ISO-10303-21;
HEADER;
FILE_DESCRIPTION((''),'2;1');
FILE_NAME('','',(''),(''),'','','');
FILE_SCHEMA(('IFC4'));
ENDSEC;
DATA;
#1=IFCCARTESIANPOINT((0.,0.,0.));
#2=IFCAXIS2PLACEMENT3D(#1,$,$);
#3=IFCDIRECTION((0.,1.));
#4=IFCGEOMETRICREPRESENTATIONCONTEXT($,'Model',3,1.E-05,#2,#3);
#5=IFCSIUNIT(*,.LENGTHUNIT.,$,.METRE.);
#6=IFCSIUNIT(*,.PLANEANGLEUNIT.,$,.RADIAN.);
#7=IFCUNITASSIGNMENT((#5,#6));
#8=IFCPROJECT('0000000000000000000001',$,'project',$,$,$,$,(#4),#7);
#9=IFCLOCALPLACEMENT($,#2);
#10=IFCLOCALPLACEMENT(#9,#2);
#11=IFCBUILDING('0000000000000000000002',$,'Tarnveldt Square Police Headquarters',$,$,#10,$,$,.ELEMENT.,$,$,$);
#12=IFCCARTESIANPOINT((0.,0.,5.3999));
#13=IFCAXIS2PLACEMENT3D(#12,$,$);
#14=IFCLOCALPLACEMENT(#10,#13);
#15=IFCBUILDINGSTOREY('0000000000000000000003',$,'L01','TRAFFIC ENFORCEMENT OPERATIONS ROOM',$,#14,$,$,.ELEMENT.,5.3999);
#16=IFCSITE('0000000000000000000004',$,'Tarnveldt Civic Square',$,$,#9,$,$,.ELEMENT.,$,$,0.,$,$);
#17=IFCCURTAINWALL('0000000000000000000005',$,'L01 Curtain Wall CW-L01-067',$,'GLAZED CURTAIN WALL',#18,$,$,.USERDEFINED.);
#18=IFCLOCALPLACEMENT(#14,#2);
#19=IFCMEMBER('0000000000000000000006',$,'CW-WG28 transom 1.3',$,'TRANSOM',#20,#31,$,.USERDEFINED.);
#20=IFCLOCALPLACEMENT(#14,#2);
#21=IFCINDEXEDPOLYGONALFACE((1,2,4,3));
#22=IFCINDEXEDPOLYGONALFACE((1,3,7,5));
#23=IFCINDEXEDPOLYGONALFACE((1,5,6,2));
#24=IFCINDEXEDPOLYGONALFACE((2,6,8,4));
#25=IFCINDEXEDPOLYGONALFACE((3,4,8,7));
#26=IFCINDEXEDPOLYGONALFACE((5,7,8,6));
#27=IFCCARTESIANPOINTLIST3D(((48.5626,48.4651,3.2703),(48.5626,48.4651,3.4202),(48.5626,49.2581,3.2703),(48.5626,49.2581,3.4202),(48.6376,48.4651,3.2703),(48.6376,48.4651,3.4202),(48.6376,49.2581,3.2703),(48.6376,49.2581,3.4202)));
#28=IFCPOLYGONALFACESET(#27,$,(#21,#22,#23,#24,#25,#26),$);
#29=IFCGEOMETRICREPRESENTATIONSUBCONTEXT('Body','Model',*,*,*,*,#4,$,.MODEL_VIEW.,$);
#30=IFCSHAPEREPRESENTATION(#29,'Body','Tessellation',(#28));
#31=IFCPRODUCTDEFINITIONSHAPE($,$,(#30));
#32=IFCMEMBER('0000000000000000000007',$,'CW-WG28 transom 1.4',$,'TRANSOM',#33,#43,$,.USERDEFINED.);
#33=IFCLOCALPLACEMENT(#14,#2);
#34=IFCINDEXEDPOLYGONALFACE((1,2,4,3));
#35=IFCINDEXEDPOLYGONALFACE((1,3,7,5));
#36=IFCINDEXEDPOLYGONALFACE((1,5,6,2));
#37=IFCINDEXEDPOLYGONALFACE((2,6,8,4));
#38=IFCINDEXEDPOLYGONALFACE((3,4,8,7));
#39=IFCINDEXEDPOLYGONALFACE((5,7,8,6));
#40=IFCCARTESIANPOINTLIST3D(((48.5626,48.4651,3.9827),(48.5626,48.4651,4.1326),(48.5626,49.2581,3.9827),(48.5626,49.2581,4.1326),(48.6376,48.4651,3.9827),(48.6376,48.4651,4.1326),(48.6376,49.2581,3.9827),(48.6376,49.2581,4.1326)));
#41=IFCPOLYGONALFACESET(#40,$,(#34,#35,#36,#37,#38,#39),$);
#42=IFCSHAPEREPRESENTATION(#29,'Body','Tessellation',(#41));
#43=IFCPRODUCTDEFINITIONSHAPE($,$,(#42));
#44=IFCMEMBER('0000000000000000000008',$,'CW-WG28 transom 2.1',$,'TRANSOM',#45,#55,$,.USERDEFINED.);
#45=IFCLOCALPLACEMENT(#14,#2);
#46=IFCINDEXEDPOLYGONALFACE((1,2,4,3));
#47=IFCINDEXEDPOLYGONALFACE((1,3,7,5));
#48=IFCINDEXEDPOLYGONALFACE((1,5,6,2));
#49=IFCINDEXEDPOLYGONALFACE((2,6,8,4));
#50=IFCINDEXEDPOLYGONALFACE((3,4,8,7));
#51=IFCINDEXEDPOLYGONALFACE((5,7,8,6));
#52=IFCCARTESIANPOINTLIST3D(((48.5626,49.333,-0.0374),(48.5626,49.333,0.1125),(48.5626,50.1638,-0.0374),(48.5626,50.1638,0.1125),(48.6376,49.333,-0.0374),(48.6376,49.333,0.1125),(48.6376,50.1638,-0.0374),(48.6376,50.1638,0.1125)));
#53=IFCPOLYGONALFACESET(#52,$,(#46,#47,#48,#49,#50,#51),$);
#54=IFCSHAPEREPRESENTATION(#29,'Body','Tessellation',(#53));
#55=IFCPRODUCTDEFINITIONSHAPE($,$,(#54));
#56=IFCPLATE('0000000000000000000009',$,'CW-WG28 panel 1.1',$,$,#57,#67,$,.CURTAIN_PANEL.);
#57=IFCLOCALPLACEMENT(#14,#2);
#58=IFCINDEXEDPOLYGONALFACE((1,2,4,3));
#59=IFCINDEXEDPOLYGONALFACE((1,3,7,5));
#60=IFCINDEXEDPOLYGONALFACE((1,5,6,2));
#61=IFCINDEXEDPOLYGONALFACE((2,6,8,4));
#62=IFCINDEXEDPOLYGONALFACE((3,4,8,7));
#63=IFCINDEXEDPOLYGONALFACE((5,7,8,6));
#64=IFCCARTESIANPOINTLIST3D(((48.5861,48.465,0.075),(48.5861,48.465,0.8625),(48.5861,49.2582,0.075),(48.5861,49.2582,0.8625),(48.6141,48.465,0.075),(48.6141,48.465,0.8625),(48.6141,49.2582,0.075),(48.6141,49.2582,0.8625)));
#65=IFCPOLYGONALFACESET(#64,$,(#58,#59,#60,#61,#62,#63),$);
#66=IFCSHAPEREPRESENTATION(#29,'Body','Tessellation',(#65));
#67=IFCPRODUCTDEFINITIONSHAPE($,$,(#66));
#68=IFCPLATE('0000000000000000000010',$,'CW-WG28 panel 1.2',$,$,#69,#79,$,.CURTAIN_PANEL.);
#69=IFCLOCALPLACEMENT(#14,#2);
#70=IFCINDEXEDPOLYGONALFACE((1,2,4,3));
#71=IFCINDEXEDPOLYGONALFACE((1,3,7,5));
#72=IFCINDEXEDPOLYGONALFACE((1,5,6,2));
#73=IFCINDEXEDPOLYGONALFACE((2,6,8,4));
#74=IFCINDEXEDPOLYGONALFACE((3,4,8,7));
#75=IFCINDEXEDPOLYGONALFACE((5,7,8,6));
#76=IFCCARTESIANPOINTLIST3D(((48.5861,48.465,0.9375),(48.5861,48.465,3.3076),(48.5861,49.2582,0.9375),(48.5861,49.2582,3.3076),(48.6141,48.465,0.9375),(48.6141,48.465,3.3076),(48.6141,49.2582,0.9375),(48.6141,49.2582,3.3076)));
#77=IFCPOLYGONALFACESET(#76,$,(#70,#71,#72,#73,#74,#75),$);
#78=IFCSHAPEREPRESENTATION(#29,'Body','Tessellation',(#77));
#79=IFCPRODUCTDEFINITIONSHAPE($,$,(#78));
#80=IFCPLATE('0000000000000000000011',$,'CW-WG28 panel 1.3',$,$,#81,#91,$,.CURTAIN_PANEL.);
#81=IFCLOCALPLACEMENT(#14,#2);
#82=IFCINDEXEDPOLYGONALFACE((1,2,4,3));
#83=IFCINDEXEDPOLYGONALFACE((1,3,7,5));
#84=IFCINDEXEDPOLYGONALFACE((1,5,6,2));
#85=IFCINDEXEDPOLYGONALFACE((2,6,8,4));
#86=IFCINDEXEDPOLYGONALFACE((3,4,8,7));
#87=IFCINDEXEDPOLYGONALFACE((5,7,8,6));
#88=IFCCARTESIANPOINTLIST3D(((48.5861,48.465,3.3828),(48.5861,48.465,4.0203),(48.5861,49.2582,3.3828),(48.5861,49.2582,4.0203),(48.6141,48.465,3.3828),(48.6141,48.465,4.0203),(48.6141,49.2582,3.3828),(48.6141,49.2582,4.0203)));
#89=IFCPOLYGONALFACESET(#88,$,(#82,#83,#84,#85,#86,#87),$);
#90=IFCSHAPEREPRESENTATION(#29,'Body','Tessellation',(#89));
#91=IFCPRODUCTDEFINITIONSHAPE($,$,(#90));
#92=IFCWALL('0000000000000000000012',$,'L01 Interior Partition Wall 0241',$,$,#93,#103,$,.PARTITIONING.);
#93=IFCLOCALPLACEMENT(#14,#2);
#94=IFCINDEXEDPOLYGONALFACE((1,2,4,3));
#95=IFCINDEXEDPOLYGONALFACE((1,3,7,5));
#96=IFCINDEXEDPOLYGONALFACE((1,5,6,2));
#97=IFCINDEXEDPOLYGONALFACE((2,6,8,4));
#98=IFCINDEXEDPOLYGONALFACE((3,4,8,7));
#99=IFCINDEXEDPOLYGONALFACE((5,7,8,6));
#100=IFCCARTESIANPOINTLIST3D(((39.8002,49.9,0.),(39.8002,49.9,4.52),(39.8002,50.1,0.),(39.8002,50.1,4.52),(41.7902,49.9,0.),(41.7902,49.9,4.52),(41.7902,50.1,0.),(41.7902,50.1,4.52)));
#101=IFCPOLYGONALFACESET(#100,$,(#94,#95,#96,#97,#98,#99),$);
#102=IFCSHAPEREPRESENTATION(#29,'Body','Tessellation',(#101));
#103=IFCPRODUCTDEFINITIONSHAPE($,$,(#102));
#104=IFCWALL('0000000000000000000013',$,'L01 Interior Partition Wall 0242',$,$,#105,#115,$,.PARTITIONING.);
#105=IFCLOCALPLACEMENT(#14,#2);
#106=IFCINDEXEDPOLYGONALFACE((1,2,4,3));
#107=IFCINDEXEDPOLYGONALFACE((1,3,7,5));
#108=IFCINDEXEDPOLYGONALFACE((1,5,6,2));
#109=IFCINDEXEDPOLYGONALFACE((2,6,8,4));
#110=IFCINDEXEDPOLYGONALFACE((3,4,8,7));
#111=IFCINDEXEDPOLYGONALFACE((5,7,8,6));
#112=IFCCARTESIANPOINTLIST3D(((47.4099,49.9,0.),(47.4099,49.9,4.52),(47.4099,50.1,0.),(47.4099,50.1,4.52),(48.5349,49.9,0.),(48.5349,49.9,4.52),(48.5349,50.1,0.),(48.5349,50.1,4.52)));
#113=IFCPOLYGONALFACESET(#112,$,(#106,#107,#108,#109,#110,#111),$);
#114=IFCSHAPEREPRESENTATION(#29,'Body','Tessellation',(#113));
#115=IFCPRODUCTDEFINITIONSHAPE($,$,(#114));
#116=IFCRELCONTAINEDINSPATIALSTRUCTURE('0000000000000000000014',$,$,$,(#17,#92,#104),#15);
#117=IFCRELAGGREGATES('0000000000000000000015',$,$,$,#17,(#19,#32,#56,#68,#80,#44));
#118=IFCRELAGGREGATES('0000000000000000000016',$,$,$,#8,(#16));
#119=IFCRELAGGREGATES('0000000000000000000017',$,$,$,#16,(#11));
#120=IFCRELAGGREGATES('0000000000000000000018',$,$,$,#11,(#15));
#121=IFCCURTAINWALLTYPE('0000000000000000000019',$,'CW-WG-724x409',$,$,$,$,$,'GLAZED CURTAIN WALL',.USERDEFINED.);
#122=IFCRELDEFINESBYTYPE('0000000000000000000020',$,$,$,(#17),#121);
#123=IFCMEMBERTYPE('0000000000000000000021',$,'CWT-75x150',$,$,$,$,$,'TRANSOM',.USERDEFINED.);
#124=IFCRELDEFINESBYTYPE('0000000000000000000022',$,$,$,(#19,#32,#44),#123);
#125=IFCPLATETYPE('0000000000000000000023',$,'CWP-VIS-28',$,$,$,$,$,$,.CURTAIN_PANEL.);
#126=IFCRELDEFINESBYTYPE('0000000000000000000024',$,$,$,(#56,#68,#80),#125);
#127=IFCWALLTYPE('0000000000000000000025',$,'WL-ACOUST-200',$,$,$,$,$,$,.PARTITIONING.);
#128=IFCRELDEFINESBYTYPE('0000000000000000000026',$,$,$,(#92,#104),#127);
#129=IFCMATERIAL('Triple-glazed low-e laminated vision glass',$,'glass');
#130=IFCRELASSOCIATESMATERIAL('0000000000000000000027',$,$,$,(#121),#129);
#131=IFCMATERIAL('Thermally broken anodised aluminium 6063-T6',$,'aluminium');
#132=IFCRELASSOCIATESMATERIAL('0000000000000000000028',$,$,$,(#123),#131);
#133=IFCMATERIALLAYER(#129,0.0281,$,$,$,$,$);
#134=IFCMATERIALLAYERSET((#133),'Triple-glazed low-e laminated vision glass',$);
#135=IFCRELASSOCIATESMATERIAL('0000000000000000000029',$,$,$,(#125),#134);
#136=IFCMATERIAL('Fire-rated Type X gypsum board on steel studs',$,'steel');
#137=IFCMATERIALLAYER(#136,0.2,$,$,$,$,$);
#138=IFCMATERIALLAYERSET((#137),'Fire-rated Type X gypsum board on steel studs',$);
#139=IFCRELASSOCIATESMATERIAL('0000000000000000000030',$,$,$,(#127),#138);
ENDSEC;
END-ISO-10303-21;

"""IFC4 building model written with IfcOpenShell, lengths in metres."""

from ifc_helpers import new_model, si_unit, direction, frame, frame_2d, origin, origin_2d, place, context, subcontext, project, spatial, rectangle, extrude, material, layer, layer_set, material_profile, profile_set, type_object, element, aggregate, save


model = new_model("IFC4")

# Units and contexts
model_context = context("Model", 3, precision=1e-05, world=origin(), true_north=direction((0.0, 1.0)))
body_context = subcontext(model_context, "Body", "Model", "MODEL_VIEW")
ifc_project = project(units=[si_unit("LENGTHUNIT", "METRE"), si_unit("PLANEANGLEUNIT", "RADIAN")], contexts=[model_context])

# Site, building, storey
site_placement = place(None, origin())
site = spatial("IfcSite", under=ifc_project, at=site_placement, Name="Tarnveldt Civic Square", CompositionType="ELEMENT", RefElevation=0.0)
building_placement = place(site_placement, origin())
building = spatial("IfcBuilding", under=site, at=building_placement, Name="Tarnveldt Square Police Headquarters", CompositionType="ELEMENT")
storey_placement = place(building_placement, frame((0.0, 0.0, 5.3999)))
storey = spatial("IfcBuildingStorey", under=building, at=storey_placement, Name="L01", Description="TRAFFIC ENFORCEMENT OPERATIONS ROOM", CompositionType="ELEMENT", Elevation=5.3999)

# Curtain wall, members, plates
ifc_material_1 = material(Name="Triple-glazed low-e laminated vision glass", Category="glass")
curtain_wall_type = type_object("IfcCurtainWallType", Name="CW-WG-724x409", ElementType="GLAZED CURTAIN WALL", PredefinedType="USERDEFINED", material=ifc_material_1)
curtain_wall_placement = place(storey_placement, origin())
curtain_wall = element("IfcCurtainWall", 1, at=curtain_wall_placement, inside=storey, type_object=curtain_wall_type, Name="L01 Curtain Wall CW-L01-067", ObjectType="GLAZED CURTAIN WALL", PredefinedType="USERDEFINED")
ifc_material_2 = material(Name="Thermally broken anodised aluminium 6063-T6", Category="aluminium")
ifc_material_profile_1 = material_profile(ifc_material_2, rectangle(XDim=0.075, YDim=0.1499, at=origin_2d()), Name="CW-T75x150")
ifc_profile_set_1 = profile_set([ifc_material_profile_1], Name="Thermally broken anodised aluminium 6063-T6")
member_type_1 = type_object("IfcMemberType", Name="CWT-75x150", ElementType="TRANSOM", PredefinedType="USERDEFINED", material=ifc_profile_set_1)
member_1_placement = place(storey_placement, frame((48.6001, 48.4651, 3.3452), z_axis=(0.0, 1.0, 0.0), x_axis=(-1.0, 0.0, 0.0)))
member_1 = element("IfcMember", 2, at=member_1_placement, type_object=member_type_1, Name="CW-WG28 transom 1.3", ObjectType="TRANSOM", PredefinedType="USERDEFINED", context=body_context, shape_type="SweptSolid", body=[
    extrude(rectangle(XDim=0.075, YDim=0.1499, at=origin_2d()), origin(), (0.0, 0.0, 1.0), 0.793),
])
member_2_placement = place(storey_placement, frame((48.6001, 48.4651, 4.0576), z_axis=(0.0, 1.0, 0.0), x_axis=(-1.0, 0.0, 0.0)))
member_2 = element("IfcMember", 3, at=member_2_placement, type_object=member_type_1, Name="CW-WG28 transom 1.4", ObjectType="TRANSOM", PredefinedType="USERDEFINED", context=body_context, shape_type="SweptSolid", body=[
    extrude(rectangle(XDim=0.075, YDim=0.1499, at=origin_2d()), origin(), (0.0, 0.0, 1.0), 0.793),
])
member_3_placement = place(storey_placement, frame((48.6001, 49.333, 0.0376), z_axis=(0.0, 1.0, 0.0), x_axis=(-1.0, 0.0, 0.0)))
member_3 = element("IfcMember", 4, at=member_3_placement, type_object=member_type_1, Name="CW-WG28 transom 2.1", ObjectType="TRANSOM", PredefinedType="USERDEFINED", context=body_context, shape_type="SweptSolid", body=[
    extrude(rectangle(XDim=0.075, YDim=0.1499, at=origin_2d()), origin(), (0.0, 0.0, 1.0), 0.8308),
])
ifc_layer_1 = layer(ifc_material_1, 0.0281)
ifc_layer_set_1 = layer_set([ifc_layer_1], Name="Triple-glazed low-e laminated vision glass")
plate_type = type_object("IfcPlateType", Name="CWP-VIS-28", PredefinedType="CURTAIN_PANEL", material=ifc_layer_set_1)
plate_1_placement = place(storey_placement, frame((48.6001, 48.8616, 0.075), z_axis=(0.0, 0.0, 1.0), x_axis=(0.0, 1.0, 0.0)))
plate_1 = element("IfcPlate", 5, at=plate_1_placement, type_object=plate_type, Name="CW-WG28 panel 1.1", PredefinedType="CURTAIN_PANEL", context=body_context, shape_type="SweptSolid", body=[
    extrude(rectangle(XDim=0.7932, YDim=0.0281, at=origin_2d()), origin(), (0.0, 0.0, 1.0), 0.7876),
])
plate_2_placement = place(storey_placement, frame((48.6001, 48.8616, 0.9375), z_axis=(0.0, 0.0, 1.0), x_axis=(0.0, 1.0, 0.0)))
plate_2 = element("IfcPlate", 6, at=plate_2_placement, type_object=plate_type, Name="CW-WG28 panel 1.2", PredefinedType="CURTAIN_PANEL", context=body_context, shape_type="SweptSolid", body=[
    extrude(rectangle(XDim=0.7932, YDim=0.0281, at=origin_2d()), origin(), (0.0, 0.0, 1.0), 2.3701),
])
plate_3_placement = place(storey_placement, frame((48.6001, 48.8616, 3.3828), z_axis=(0.0, 0.0, 1.0), x_axis=(0.0, 1.0, 0.0)))
plate_3 = element("IfcPlate", 7, at=plate_3_placement, type_object=plate_type, Name="CW-WG28 panel 1.3", PredefinedType="CURTAIN_PANEL", context=body_context, shape_type="SweptSolid", body=[
    extrude(rectangle(XDim=0.7932, YDim=0.0281, at=origin_2d()), origin(), (0.0, 0.0, 1.0), 0.6375),
])
aggregate(curtain_wall, [member_1, member_2, plate_1, plate_2, plate_3, member_3])

# Walls
ifc_material_3 = material(Name="Fire-rated Type X gypsum board on steel studs", Category="steel")
ifc_layer_2 = layer(ifc_material_3, 0.2)
ifc_layer_set_2 = layer_set([ifc_layer_2], Name="Fire-rated Type X gypsum board on steel studs")
wall_type = type_object("IfcWallType", Name="WL-ACOUST-200", PredefinedType="PARTITIONING", material=ifc_layer_set_2)
wall_1_placement = place(storey_placement, frame((39.8, 50.0, 0.0), z_axis=(0.0, 0.0, 1.0), x_axis=(1.0, 0.0, 0.0)))
element("IfcWall", 8, at=wall_1_placement, inside=storey, type_object=wall_type, Name="L01 Interior Partition Wall 0241", PredefinedType="PARTITIONING", context=body_context, shape_type="SweptSolid", body=[
    extrude(rectangle(XDim=1.99, YDim=0.2, at=frame_2d((0.9951, 0.0))), origin(), (0.0, 0.0, 1.0), 4.52),
])
wall_2_placement = place(storey_placement, frame((47.4099, 50.0, 0.0), z_axis=(0.0, 0.0, 1.0), x_axis=(1.0, 0.0, 0.0)))
element("IfcWall", 9, at=wall_2_placement, inside=storey, type_object=wall_type, Name="L01 Interior Partition Wall 0242", PredefinedType="PARTITIONING", context=body_context, shape_type="SweptSolid", body=[
    extrude(rectangle(XDim=1.125, YDim=0.2, at=frame_2d((0.5625, 0.0))), origin(), (0.0, 0.0, 1.0), 4.52),
])

save(model, "model.ifc")
